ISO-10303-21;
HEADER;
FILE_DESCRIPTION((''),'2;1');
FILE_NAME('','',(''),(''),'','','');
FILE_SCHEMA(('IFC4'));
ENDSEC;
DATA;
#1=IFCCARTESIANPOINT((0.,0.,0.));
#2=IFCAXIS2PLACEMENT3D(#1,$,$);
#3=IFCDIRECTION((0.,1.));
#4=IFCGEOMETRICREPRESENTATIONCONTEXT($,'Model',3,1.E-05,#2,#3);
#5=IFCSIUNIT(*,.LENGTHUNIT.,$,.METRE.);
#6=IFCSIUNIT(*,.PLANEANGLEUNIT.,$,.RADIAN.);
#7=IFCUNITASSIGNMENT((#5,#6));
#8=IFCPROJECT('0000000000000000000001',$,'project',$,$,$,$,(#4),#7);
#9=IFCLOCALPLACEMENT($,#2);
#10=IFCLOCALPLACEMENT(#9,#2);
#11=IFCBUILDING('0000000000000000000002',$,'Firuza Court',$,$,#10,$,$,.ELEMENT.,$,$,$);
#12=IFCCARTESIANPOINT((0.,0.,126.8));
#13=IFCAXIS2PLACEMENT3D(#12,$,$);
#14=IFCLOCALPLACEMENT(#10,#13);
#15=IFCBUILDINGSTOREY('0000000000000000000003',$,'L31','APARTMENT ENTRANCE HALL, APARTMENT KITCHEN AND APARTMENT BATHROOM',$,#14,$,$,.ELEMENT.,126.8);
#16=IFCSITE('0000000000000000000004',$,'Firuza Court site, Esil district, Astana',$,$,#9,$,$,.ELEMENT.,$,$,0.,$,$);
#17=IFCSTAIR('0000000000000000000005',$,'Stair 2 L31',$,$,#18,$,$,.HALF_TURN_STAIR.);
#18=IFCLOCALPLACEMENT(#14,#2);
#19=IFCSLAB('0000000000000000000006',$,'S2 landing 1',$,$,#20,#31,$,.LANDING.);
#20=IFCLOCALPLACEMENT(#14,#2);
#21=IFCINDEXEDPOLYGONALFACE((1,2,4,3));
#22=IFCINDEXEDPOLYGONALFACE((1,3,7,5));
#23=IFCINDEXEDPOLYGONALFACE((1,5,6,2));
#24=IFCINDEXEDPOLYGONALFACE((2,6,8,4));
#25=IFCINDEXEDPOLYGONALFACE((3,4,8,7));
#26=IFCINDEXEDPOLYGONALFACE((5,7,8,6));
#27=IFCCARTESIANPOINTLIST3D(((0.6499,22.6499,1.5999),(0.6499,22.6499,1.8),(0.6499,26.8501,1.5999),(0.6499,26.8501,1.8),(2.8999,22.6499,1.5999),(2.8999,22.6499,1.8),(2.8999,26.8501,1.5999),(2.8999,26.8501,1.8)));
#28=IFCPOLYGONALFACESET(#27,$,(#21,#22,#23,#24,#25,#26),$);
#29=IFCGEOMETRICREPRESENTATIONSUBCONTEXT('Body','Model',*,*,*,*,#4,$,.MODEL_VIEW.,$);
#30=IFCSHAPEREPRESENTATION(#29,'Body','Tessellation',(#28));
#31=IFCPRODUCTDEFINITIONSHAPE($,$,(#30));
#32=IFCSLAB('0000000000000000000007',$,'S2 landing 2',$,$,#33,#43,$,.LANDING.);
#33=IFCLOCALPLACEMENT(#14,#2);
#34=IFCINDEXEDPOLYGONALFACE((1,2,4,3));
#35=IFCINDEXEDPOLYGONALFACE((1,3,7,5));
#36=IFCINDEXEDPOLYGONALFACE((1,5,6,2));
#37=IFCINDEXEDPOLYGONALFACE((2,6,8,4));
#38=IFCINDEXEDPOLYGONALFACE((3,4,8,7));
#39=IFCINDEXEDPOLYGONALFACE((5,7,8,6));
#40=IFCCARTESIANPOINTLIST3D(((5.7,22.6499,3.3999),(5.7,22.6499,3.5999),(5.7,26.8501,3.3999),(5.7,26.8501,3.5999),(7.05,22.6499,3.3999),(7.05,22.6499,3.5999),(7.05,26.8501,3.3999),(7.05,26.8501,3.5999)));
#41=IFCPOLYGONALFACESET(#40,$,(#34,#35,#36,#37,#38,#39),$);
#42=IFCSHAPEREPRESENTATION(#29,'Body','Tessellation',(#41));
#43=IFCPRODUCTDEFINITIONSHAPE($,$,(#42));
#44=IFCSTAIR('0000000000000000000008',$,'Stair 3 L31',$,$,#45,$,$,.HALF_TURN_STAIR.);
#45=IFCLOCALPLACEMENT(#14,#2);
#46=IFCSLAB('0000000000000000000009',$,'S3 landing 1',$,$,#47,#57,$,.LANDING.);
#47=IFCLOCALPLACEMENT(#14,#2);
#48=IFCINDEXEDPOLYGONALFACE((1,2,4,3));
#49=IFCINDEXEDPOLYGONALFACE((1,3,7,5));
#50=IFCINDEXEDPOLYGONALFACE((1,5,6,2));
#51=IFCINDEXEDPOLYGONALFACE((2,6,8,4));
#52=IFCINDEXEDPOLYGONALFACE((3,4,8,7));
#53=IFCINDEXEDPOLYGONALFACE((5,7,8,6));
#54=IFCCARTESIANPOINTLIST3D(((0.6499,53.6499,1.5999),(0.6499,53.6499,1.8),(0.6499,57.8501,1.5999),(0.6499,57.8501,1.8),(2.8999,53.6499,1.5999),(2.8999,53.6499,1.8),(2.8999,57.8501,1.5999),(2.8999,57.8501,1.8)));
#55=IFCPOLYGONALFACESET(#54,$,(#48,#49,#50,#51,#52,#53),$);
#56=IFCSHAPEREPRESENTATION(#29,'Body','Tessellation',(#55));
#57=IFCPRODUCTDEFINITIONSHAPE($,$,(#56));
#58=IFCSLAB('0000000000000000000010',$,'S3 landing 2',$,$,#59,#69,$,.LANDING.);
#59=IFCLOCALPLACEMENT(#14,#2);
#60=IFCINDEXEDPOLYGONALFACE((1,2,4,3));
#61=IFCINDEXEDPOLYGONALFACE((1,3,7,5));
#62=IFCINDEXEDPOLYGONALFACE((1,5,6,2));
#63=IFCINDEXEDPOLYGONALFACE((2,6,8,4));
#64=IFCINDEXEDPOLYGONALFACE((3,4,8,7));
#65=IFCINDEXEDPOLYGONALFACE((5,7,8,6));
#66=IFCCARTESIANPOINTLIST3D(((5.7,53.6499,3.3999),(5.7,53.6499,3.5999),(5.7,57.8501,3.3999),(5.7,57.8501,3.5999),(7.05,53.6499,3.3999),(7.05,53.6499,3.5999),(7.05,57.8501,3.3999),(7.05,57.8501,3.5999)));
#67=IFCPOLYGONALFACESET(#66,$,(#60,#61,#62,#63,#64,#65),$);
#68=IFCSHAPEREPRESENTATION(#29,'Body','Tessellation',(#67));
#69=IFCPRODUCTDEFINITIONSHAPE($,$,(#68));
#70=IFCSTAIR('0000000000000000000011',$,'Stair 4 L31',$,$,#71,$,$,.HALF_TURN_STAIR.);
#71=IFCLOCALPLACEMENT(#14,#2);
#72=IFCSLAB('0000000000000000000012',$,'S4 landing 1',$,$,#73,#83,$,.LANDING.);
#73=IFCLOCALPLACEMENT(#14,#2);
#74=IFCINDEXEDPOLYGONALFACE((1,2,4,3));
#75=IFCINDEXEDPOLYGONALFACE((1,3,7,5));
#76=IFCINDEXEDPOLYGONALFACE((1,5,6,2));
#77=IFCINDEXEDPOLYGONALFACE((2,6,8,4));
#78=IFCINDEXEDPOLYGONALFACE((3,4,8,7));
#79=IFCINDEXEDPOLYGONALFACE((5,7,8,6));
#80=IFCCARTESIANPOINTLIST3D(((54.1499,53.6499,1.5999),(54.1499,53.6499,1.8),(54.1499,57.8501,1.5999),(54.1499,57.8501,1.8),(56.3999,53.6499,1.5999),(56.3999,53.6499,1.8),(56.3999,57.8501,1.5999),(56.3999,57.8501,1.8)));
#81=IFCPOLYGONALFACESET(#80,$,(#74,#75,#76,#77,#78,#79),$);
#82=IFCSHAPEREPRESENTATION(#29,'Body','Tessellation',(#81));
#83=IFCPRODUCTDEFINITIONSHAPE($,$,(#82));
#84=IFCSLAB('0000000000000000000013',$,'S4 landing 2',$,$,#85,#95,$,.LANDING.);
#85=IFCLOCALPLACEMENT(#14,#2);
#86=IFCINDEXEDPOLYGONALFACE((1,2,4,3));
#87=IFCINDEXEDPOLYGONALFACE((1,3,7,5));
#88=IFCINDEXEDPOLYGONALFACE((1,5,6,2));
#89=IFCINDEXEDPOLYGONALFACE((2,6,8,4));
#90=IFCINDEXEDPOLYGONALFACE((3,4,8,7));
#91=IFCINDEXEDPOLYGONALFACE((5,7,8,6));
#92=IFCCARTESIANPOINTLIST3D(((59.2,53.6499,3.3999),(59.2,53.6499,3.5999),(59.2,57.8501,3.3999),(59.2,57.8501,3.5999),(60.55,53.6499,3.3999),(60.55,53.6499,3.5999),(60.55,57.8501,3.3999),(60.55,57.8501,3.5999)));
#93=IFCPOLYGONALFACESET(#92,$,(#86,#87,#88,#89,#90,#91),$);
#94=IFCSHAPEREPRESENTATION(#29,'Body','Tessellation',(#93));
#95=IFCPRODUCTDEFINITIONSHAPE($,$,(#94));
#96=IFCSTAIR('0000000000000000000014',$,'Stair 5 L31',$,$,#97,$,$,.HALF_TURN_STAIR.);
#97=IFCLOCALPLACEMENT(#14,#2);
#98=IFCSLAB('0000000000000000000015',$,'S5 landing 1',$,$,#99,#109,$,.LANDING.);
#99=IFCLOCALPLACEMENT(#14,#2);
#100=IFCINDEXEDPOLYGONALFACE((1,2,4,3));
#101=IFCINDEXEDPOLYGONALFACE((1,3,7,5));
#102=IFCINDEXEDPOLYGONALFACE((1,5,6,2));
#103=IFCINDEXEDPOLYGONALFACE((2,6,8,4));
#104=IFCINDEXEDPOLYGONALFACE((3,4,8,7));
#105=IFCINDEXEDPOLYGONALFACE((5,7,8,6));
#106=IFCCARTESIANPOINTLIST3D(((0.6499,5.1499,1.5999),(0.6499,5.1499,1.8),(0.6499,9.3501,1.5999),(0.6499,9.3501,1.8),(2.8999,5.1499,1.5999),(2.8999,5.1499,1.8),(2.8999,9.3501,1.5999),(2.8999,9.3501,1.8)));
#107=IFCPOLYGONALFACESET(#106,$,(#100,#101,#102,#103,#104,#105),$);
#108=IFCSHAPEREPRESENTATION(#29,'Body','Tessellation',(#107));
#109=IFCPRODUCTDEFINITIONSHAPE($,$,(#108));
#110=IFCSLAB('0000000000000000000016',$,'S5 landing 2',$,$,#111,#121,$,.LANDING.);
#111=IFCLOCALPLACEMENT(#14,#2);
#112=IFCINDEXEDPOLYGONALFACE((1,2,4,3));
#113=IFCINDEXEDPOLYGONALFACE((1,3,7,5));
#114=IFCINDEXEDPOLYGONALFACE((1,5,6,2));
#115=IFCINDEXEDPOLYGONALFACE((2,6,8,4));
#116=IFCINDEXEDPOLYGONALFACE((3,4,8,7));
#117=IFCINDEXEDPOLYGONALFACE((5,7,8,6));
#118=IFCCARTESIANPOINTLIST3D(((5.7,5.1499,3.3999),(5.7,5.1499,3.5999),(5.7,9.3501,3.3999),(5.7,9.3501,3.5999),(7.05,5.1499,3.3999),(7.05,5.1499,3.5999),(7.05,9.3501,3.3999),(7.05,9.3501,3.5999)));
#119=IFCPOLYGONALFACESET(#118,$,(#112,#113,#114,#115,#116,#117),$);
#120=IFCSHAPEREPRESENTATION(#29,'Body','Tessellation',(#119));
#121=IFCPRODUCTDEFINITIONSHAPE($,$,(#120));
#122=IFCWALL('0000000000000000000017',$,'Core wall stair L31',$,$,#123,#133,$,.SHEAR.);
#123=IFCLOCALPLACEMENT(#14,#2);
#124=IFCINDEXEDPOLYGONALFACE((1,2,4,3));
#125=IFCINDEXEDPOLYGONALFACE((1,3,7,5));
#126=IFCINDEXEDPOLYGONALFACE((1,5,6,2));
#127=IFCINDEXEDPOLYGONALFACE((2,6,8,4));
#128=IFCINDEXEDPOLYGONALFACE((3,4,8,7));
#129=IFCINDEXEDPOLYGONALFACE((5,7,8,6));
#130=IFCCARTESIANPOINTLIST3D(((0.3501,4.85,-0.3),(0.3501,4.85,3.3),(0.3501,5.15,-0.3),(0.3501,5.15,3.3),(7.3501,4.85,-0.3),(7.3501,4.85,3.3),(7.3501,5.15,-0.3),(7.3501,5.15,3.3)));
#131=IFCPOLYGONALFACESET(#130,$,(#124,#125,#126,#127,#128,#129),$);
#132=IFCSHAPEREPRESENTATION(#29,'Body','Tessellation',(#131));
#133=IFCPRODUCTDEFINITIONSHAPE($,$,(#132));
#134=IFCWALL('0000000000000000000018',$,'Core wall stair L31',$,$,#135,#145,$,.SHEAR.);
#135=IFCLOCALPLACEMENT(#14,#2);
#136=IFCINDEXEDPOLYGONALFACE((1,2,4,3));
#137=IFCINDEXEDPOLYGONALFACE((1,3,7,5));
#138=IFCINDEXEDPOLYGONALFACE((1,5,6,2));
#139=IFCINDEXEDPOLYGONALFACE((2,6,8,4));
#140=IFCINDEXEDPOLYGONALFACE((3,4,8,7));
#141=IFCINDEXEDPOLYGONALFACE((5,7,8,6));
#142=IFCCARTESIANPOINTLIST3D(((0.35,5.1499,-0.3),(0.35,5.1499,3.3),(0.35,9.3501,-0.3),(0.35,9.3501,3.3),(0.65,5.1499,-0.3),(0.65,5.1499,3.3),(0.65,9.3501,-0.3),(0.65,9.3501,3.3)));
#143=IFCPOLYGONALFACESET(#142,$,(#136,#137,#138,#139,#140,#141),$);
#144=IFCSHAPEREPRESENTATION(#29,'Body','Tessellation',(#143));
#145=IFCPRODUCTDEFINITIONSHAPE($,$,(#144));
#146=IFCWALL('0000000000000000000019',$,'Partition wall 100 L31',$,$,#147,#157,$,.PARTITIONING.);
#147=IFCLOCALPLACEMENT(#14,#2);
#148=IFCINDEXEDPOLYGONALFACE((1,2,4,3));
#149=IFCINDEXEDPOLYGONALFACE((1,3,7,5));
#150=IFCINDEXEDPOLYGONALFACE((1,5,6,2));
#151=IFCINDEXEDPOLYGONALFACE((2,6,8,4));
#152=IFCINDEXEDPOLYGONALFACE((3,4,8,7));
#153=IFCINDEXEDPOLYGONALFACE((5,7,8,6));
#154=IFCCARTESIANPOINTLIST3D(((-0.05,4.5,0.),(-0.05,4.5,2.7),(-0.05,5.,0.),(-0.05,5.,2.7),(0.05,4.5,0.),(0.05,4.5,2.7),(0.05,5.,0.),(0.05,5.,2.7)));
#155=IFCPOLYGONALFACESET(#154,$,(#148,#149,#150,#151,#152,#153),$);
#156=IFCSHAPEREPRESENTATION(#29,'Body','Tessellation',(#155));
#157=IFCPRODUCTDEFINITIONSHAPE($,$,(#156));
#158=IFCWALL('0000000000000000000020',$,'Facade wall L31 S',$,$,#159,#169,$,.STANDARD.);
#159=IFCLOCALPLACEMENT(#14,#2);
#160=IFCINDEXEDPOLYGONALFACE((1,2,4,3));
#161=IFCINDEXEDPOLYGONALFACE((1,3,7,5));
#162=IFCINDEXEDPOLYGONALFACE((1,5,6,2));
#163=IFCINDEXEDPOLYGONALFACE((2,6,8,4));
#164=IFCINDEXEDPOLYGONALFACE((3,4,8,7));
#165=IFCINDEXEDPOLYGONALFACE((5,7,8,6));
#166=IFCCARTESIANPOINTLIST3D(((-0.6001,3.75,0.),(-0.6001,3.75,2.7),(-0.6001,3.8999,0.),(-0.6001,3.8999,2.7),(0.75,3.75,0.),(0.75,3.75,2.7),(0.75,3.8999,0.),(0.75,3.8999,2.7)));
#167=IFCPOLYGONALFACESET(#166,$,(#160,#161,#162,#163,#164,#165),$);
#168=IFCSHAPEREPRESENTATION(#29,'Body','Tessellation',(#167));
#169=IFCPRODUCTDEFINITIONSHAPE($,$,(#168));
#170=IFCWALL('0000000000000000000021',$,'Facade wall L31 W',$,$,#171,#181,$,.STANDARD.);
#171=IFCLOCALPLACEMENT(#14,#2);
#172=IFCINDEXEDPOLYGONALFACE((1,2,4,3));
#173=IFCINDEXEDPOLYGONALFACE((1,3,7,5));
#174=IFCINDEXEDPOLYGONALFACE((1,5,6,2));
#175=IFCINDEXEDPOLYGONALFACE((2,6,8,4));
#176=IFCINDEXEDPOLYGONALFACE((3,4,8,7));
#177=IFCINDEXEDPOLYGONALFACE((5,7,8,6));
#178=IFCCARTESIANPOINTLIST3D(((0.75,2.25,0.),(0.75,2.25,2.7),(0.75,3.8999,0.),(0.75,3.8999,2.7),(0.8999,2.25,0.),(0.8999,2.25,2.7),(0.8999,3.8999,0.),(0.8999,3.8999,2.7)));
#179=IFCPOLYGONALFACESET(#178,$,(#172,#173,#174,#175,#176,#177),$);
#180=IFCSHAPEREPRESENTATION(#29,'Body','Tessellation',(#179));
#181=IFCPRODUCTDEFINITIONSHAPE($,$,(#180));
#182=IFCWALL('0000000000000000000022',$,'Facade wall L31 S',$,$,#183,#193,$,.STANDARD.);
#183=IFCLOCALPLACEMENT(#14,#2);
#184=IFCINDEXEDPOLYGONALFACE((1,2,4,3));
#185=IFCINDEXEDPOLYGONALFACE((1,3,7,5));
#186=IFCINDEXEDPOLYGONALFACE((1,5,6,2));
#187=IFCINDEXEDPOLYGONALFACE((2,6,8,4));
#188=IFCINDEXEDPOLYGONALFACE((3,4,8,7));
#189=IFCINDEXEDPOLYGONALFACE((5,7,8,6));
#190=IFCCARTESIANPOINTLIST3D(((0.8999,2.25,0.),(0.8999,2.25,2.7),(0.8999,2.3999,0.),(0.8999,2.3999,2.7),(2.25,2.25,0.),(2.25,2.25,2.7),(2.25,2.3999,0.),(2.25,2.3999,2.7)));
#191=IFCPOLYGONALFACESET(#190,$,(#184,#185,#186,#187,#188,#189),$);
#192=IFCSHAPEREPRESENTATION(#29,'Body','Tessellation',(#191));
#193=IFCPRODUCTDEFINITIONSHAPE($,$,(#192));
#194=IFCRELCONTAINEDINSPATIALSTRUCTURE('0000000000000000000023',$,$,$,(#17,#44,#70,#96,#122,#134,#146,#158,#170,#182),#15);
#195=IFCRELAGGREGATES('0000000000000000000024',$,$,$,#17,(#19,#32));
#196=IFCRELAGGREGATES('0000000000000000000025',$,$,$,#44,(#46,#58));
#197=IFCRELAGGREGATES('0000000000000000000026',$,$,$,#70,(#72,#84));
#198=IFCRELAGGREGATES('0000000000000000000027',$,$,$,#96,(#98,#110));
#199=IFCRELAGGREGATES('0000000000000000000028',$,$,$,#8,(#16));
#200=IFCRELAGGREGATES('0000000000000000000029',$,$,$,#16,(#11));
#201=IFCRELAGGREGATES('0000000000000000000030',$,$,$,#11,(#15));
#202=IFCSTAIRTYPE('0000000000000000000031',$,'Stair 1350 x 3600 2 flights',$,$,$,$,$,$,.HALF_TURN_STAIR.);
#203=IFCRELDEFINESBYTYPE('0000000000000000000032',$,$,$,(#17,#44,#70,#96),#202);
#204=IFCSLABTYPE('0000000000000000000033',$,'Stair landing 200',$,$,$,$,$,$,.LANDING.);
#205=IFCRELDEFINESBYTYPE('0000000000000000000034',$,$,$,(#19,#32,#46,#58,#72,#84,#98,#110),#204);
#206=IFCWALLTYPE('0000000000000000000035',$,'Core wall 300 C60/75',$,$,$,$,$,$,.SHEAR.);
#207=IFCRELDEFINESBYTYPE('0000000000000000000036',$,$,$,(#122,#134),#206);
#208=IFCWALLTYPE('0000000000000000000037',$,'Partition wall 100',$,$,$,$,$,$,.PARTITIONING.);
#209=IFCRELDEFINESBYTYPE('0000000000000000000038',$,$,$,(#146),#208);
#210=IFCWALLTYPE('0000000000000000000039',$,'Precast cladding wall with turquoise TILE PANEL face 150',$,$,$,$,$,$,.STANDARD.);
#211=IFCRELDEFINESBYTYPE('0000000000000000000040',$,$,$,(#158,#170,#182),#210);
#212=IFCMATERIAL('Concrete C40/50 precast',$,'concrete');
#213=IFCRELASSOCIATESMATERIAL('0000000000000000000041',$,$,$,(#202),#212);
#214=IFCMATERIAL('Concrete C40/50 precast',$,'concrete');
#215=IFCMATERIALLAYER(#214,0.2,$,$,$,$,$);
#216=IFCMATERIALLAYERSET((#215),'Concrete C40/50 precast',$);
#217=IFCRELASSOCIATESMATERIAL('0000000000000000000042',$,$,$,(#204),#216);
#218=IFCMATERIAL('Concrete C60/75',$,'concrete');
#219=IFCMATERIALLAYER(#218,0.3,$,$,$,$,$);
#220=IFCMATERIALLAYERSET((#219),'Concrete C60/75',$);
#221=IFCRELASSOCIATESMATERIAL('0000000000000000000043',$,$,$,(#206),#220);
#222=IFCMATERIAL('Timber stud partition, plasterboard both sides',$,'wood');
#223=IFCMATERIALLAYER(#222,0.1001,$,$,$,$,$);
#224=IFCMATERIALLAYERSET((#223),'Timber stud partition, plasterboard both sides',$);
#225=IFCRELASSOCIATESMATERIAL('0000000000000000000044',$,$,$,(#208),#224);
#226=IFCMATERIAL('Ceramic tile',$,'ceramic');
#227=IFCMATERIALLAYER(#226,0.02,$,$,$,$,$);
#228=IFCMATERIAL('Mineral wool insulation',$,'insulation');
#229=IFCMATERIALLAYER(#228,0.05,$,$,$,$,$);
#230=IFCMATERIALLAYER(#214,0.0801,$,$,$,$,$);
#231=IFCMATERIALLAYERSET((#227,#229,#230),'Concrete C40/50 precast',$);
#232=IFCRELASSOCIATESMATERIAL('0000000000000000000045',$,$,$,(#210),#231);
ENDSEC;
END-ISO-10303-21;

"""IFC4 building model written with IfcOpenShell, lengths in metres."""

from ifc_helpers import new_model, si_unit, direction, frame, frame_2d, origin, place, context, subcontext, project, spatial, polyline, rectangle, outline, extrude, material, layer, layer_set, type_object, element, aggregate, save


model = new_model("IFC4")

# Units and contexts
model_context = context("Model", 3, precision=1e-05, world=origin(), true_north=direction((0.0, 1.0)))
body_context = subcontext(model_context, "Body", "Model", "MODEL_VIEW")
ifc_project = project(units=[si_unit("LENGTHUNIT", "METRE"), si_unit("PLANEANGLEUNIT", "RADIAN")], contexts=[model_context])

# Site, building, storey
site_placement = place(None, origin())
site = spatial("IfcSite", under=ifc_project, at=site_placement, Name="Firuza Court site, Esil district, Astana", CompositionType="ELEMENT", RefElevation=0.0)
building_placement = place(site_placement, origin())
building = spatial("IfcBuilding", under=site, at=building_placement, Name="Firuza Court", CompositionType="ELEMENT")
storey_placement = place(building_placement, frame((0.0, 0.0, 126.8)))
storey = spatial("IfcBuildingStorey", under=building, at=storey_placement, Name="L31", Description="APARTMENT ENTRANCE HALL, APARTMENT KITCHEN AND APARTMENT BATHROOM", CompositionType="ELEMENT", Elevation=126.8)

# Stairs, slabs
ifc_material_1 = material(Name="Concrete C40/50 precast", Category="concrete")
stair_type = type_object("IfcStairType", Name="Stair 1350 x 3600 2 flights", PredefinedType="HALF_TURN_STAIR", material=ifc_material_1)
ifc_material_2 = material(Name="Concrete C40/50 precast", Category="concrete")
ifc_layer_1 = layer(ifc_material_2, 0.2)
ifc_layer_set_1 = layer_set([ifc_layer_1], Name="Concrete C40/50 precast")
slab_type_1 = type_object("IfcSlabType", Name="Stair landing 200", PredefinedType="LANDING", material=ifc_layer_set_1)
stair_1_placement = place(storey_placement, origin())
stair_1 = element("IfcStair", 1, at=stair_1_placement, inside=storey, type_object=stair_type, Name="Stair 2 L31", PredefinedType="HALF_TURN_STAIR")
slab_1_placement = place(storey_placement, frame((0.0, 0.0, 1.5999)))
slab_1 = element("IfcSlab", 2, at=slab_1_placement, type_object=slab_type_1, Name="S2 landing 1", PredefinedType="LANDING", context=body_context, shape_type="SweptSolid", body=[
    extrude(outline(polyline([(2.8999, 22.6499), (2.8999, 26.8501), (0.6499, 26.8501), (0.6499, 22.6499), (2.8999, 22.6499)])), origin(), (0.0, 0.0, 1.0), 0.2002),
])
slab_2_placement = place(storey_placement, frame((0.0, 0.0, 3.3999)))
slab_2 = element("IfcSlab", 3, at=slab_2_placement, type_object=slab_type_1, Name="S2 landing 2", PredefinedType="LANDING", context=body_context, shape_type="SweptSolid", body=[
    extrude(outline(polyline([(7.05, 22.6499), (7.05, 26.8501), (5.7, 26.8501), (5.7, 22.6499), (7.05, 22.6499)])), origin(), (0.0, 0.0, 1.0), 0.2),
])
aggregate(stair_1, [slab_1, slab_2])
stair_2_placement = place(storey_placement, origin())
stair_2 = element("IfcStair", 4, at=stair_2_placement, inside=storey, type_object=stair_type, Name="Stair 3 L31", PredefinedType="HALF_TURN_STAIR")
slab_3_placement = place(storey_placement, frame((0.0, 0.0, 1.5999)))
slab_3 = element("IfcSlab", 5, at=slab_3_placement, type_object=slab_type_1, Name="S3 landing 1", PredefinedType="LANDING", context=body_context, shape_type="SweptSolid", body=[
    extrude(outline(polyline([(2.8999, 53.6499), (2.8999, 57.8501), (0.6499, 57.8501), (0.6499, 53.6499), (2.8999, 53.6499)])), origin(), (0.0, 0.0, 1.0), 0.2002),
])
slab_4_placement = place(storey_placement, frame((0.0, 0.0, 3.3999)))
slab_4 = element("IfcSlab", 6, at=slab_4_placement, type_object=slab_type_1, Name="S3 landing 2", PredefinedType="LANDING", context=body_context, shape_type="SweptSolid", body=[
    extrude(outline(polyline([(7.05, 53.6499), (7.05, 57.8501), (5.7, 57.8501), (5.7, 53.6499), (7.05, 53.6499)])), origin(), (0.0, 0.0, 1.0), 0.2),
])
aggregate(stair_2, [slab_3, slab_4])
stair_3_placement = place(storey_placement, origin())
stair_3 = element("IfcStair", 7, at=stair_3_placement, inside=storey, type_object=stair_type, Name="Stair 4 L31", PredefinedType="HALF_TURN_STAIR")
slab_5_placement = place(storey_placement, frame((0.0, 0.0, 1.5999)))
slab_5 = element("IfcSlab", 8, at=slab_5_placement, type_object=slab_type_1, Name="S4 landing 1", PredefinedType="LANDING", context=body_context, shape_type="SweptSolid", body=[
    extrude(outline(polyline([(56.3999, 53.6499), (56.3999, 57.8501), (54.1499, 57.8501), (54.1499, 53.6499), (56.3999, 53.6499)])), origin(), (0.0, 0.0, 1.0), 0.2002),
])
slab_6_placement = place(storey_placement, frame((0.0, 0.0, 3.3999)))
slab_6 = element("IfcSlab", 9, at=slab_6_placement, type_object=slab_type_1, Name="S4 landing 2", PredefinedType="LANDING", context=body_context, shape_type="SweptSolid", body=[
    extrude(outline(polyline([(60.55, 53.6499), (60.55, 57.8501), (59.2, 57.8501), (59.2, 53.6499), (60.55, 53.6499)])), origin(), (0.0, 0.0, 1.0), 0.2),
])
aggregate(stair_3, [slab_5, slab_6])
stair_4_placement = place(storey_placement, origin())
stair_4 = element("IfcStair", 10, at=stair_4_placement, inside=storey, type_object=stair_type, Name="Stair 5 L31", PredefinedType="HALF_TURN_STAIR")
slab_7_placement = place(storey_placement, frame((0.0, 0.0, 1.5999)))
slab_7 = element("IfcSlab", 11, at=slab_7_placement, type_object=slab_type_1, Name="S5 landing 1", PredefinedType="LANDING", context=body_context, shape_type="SweptSolid", body=[
    extrude(outline(polyline([(2.8999, 5.1499), (2.8999, 9.3501), (0.6499, 9.3501), (0.6499, 5.1499), (2.8999, 5.1499)])), origin(), (0.0, 0.0, 1.0), 0.2002),
])
slab_8_placement = place(storey_placement, frame((0.0, 0.0, 3.3999)))
slab_8 = element("IfcSlab", 12, at=slab_8_placement, type_object=slab_type_1, Name="S5 landing 2", PredefinedType="LANDING", context=body_context, shape_type="SweptSolid", body=[
    extrude(outline(polyline([(7.05, 5.1499), (7.05, 9.3501), (5.7, 9.3501), (5.7, 5.1499), (7.05, 5.1499)])), origin(), (0.0, 0.0, 1.0), 0.2),
])
aggregate(stair_4, [slab_7, slab_8])

# Walls
ifc_material_3 = material(Name="Concrete C60/75", Category="concrete")
ifc_layer_2 = layer(ifc_material_3, 0.3)
ifc_layer_set_2 = layer_set([ifc_layer_2], Name="Concrete C60/75")
wall_type_1 = type_object("IfcWallType", Name="Core wall 300 C60/75", PredefinedType="SHEAR", material=ifc_layer_set_2)
wall_1_placement = place(storey_placement, frame((0.3501, 5.0, -0.3), z_axis=(0.0, 0.0, 1.0), x_axis=(1.0, 0.0, 0.0)))
element("IfcWall", 13, at=wall_1_placement, inside=storey, type_object=wall_type_1, Name="Core wall stair L31", PredefinedType="SHEAR", context=body_context, shape_type="SweptSolid", body=[
    extrude(rectangle(XDim=7.0, YDim=0.3, at=frame_2d((3.5, 0.0))), origin(), (0.0, 0.0, 1.0), 3.6001),
])
wall_2_placement = place(storey_placement, frame((0.5, 5.1499, -0.3), z_axis=(0.0, 0.0, 1.0), x_axis=(0.0, 1.0, 0.0)))
element("IfcWall", 14, at=wall_2_placement, inside=storey, type_object=wall_type_1, Name="Core wall stair L31", PredefinedType="SHEAR", context=body_context, shape_type="SweptSolid", body=[
    extrude(rectangle(XDim=4.2002, YDim=0.3, at=frame_2d((2.1001, 0.0))), origin(), (0.0, 0.0, 1.0), 3.6001),
])
ifc_material_4 = material(Name="Timber stud partition, plasterboard both sides", Category="wood")
ifc_layer_3 = layer(ifc_material_4, 0.1001)
ifc_layer_set_3 = layer_set([ifc_layer_3], Name="Timber stud partition, plasterboard both sides")
wall_type_2 = type_object("IfcWallType", Name="Partition wall 100", PredefinedType="PARTITIONING", material=ifc_layer_set_3)
wall_3_placement = place(storey_placement, frame((0.0, 4.5, 0.0), z_axis=(0.0, 0.0, 1.0), x_axis=(0.0, 1.0, 0.0)))
element("IfcWall", 15, at=wall_3_placement, inside=storey, type_object=wall_type_2, Name="Partition wall 100 L31", PredefinedType="PARTITIONING", context=body_context, shape_type="SweptSolid", body=[
    extrude(rectangle(XDim=0.5, YDim=0.1001, at=frame_2d((0.25, 0.0))), origin(), (0.0, 0.0, 1.0), 2.7),
])
ifc_material_5 = material(Name="Ceramic tile", Category="ceramic")
ifc_layer_4 = layer(ifc_material_5, 0.02)
ifc_material_6 = material(Name="Mineral wool insulation", Category="insulation")
ifc_layer_5 = layer(ifc_material_6, 0.05)
ifc_layer_6 = layer(ifc_material_2, 0.0801)
ifc_layer_set_4 = layer_set([ifc_layer_4, ifc_layer_5, ifc_layer_6], Name="Concrete C40/50 precast")
wall_type_3 = type_object("IfcWallType", Name="Precast cladding wall with turquoise TILE PANEL face 150", PredefinedType="STANDARD", material=ifc_layer_set_4)
wall_4_placement = place(storey_placement, frame((-0.6001, 3.825, 0.0), z_axis=(0.0, 0.0, 1.0), x_axis=(1.0, 0.0, 0.0)))
element("IfcWall", 16, at=wall_4_placement, inside=storey, type_object=wall_type_3, Name="Facade wall L31 S", PredefinedType="STANDARD", context=body_context, shape_type="SweptSolid", body=[
    extrude(rectangle(XDim=1.3501, YDim=0.1499, at=frame_2d((0.675, 0.0))), origin(), (0.0, 0.0, 1.0), 2.7),
])
wall_5_placement = place(storey_placement, frame((0.825, 3.8999, 0.0), z_axis=(0.0, 0.0, 1.0), x_axis=(0.0, -1.0, 0.0)))
element("IfcWall", 17, at=wall_5_placement, inside=storey, type_object=wall_type_3, Name="Facade wall L31 W", PredefinedType="STANDARD", context=body_context, shape_type="SweptSolid", body=[
    extrude(rectangle(XDim=1.6499, YDim=0.1499, at=frame_2d((0.825, 0.0))), origin(), (0.0, 0.0, 1.0), 2.7),
])
wall_6_placement = place(storey_placement, frame((0.8999, 2.325, 0.0), z_axis=(0.0, 0.0, 1.0), x_axis=(1.0, 0.0, 0.0)))
element("IfcWall", 18, at=wall_6_placement, inside=storey, type_object=wall_type_3, Name="Facade wall L31 S", PredefinedType="STANDARD", context=body_context, shape_type="SweptSolid", body=[
    extrude(rectangle(XDim=1.3501, YDim=0.1499, at=frame_2d((0.675, 0.0))), origin(), (0.0, 0.0, 1.0), 2.7),
])

save(model, "model.ifc")
